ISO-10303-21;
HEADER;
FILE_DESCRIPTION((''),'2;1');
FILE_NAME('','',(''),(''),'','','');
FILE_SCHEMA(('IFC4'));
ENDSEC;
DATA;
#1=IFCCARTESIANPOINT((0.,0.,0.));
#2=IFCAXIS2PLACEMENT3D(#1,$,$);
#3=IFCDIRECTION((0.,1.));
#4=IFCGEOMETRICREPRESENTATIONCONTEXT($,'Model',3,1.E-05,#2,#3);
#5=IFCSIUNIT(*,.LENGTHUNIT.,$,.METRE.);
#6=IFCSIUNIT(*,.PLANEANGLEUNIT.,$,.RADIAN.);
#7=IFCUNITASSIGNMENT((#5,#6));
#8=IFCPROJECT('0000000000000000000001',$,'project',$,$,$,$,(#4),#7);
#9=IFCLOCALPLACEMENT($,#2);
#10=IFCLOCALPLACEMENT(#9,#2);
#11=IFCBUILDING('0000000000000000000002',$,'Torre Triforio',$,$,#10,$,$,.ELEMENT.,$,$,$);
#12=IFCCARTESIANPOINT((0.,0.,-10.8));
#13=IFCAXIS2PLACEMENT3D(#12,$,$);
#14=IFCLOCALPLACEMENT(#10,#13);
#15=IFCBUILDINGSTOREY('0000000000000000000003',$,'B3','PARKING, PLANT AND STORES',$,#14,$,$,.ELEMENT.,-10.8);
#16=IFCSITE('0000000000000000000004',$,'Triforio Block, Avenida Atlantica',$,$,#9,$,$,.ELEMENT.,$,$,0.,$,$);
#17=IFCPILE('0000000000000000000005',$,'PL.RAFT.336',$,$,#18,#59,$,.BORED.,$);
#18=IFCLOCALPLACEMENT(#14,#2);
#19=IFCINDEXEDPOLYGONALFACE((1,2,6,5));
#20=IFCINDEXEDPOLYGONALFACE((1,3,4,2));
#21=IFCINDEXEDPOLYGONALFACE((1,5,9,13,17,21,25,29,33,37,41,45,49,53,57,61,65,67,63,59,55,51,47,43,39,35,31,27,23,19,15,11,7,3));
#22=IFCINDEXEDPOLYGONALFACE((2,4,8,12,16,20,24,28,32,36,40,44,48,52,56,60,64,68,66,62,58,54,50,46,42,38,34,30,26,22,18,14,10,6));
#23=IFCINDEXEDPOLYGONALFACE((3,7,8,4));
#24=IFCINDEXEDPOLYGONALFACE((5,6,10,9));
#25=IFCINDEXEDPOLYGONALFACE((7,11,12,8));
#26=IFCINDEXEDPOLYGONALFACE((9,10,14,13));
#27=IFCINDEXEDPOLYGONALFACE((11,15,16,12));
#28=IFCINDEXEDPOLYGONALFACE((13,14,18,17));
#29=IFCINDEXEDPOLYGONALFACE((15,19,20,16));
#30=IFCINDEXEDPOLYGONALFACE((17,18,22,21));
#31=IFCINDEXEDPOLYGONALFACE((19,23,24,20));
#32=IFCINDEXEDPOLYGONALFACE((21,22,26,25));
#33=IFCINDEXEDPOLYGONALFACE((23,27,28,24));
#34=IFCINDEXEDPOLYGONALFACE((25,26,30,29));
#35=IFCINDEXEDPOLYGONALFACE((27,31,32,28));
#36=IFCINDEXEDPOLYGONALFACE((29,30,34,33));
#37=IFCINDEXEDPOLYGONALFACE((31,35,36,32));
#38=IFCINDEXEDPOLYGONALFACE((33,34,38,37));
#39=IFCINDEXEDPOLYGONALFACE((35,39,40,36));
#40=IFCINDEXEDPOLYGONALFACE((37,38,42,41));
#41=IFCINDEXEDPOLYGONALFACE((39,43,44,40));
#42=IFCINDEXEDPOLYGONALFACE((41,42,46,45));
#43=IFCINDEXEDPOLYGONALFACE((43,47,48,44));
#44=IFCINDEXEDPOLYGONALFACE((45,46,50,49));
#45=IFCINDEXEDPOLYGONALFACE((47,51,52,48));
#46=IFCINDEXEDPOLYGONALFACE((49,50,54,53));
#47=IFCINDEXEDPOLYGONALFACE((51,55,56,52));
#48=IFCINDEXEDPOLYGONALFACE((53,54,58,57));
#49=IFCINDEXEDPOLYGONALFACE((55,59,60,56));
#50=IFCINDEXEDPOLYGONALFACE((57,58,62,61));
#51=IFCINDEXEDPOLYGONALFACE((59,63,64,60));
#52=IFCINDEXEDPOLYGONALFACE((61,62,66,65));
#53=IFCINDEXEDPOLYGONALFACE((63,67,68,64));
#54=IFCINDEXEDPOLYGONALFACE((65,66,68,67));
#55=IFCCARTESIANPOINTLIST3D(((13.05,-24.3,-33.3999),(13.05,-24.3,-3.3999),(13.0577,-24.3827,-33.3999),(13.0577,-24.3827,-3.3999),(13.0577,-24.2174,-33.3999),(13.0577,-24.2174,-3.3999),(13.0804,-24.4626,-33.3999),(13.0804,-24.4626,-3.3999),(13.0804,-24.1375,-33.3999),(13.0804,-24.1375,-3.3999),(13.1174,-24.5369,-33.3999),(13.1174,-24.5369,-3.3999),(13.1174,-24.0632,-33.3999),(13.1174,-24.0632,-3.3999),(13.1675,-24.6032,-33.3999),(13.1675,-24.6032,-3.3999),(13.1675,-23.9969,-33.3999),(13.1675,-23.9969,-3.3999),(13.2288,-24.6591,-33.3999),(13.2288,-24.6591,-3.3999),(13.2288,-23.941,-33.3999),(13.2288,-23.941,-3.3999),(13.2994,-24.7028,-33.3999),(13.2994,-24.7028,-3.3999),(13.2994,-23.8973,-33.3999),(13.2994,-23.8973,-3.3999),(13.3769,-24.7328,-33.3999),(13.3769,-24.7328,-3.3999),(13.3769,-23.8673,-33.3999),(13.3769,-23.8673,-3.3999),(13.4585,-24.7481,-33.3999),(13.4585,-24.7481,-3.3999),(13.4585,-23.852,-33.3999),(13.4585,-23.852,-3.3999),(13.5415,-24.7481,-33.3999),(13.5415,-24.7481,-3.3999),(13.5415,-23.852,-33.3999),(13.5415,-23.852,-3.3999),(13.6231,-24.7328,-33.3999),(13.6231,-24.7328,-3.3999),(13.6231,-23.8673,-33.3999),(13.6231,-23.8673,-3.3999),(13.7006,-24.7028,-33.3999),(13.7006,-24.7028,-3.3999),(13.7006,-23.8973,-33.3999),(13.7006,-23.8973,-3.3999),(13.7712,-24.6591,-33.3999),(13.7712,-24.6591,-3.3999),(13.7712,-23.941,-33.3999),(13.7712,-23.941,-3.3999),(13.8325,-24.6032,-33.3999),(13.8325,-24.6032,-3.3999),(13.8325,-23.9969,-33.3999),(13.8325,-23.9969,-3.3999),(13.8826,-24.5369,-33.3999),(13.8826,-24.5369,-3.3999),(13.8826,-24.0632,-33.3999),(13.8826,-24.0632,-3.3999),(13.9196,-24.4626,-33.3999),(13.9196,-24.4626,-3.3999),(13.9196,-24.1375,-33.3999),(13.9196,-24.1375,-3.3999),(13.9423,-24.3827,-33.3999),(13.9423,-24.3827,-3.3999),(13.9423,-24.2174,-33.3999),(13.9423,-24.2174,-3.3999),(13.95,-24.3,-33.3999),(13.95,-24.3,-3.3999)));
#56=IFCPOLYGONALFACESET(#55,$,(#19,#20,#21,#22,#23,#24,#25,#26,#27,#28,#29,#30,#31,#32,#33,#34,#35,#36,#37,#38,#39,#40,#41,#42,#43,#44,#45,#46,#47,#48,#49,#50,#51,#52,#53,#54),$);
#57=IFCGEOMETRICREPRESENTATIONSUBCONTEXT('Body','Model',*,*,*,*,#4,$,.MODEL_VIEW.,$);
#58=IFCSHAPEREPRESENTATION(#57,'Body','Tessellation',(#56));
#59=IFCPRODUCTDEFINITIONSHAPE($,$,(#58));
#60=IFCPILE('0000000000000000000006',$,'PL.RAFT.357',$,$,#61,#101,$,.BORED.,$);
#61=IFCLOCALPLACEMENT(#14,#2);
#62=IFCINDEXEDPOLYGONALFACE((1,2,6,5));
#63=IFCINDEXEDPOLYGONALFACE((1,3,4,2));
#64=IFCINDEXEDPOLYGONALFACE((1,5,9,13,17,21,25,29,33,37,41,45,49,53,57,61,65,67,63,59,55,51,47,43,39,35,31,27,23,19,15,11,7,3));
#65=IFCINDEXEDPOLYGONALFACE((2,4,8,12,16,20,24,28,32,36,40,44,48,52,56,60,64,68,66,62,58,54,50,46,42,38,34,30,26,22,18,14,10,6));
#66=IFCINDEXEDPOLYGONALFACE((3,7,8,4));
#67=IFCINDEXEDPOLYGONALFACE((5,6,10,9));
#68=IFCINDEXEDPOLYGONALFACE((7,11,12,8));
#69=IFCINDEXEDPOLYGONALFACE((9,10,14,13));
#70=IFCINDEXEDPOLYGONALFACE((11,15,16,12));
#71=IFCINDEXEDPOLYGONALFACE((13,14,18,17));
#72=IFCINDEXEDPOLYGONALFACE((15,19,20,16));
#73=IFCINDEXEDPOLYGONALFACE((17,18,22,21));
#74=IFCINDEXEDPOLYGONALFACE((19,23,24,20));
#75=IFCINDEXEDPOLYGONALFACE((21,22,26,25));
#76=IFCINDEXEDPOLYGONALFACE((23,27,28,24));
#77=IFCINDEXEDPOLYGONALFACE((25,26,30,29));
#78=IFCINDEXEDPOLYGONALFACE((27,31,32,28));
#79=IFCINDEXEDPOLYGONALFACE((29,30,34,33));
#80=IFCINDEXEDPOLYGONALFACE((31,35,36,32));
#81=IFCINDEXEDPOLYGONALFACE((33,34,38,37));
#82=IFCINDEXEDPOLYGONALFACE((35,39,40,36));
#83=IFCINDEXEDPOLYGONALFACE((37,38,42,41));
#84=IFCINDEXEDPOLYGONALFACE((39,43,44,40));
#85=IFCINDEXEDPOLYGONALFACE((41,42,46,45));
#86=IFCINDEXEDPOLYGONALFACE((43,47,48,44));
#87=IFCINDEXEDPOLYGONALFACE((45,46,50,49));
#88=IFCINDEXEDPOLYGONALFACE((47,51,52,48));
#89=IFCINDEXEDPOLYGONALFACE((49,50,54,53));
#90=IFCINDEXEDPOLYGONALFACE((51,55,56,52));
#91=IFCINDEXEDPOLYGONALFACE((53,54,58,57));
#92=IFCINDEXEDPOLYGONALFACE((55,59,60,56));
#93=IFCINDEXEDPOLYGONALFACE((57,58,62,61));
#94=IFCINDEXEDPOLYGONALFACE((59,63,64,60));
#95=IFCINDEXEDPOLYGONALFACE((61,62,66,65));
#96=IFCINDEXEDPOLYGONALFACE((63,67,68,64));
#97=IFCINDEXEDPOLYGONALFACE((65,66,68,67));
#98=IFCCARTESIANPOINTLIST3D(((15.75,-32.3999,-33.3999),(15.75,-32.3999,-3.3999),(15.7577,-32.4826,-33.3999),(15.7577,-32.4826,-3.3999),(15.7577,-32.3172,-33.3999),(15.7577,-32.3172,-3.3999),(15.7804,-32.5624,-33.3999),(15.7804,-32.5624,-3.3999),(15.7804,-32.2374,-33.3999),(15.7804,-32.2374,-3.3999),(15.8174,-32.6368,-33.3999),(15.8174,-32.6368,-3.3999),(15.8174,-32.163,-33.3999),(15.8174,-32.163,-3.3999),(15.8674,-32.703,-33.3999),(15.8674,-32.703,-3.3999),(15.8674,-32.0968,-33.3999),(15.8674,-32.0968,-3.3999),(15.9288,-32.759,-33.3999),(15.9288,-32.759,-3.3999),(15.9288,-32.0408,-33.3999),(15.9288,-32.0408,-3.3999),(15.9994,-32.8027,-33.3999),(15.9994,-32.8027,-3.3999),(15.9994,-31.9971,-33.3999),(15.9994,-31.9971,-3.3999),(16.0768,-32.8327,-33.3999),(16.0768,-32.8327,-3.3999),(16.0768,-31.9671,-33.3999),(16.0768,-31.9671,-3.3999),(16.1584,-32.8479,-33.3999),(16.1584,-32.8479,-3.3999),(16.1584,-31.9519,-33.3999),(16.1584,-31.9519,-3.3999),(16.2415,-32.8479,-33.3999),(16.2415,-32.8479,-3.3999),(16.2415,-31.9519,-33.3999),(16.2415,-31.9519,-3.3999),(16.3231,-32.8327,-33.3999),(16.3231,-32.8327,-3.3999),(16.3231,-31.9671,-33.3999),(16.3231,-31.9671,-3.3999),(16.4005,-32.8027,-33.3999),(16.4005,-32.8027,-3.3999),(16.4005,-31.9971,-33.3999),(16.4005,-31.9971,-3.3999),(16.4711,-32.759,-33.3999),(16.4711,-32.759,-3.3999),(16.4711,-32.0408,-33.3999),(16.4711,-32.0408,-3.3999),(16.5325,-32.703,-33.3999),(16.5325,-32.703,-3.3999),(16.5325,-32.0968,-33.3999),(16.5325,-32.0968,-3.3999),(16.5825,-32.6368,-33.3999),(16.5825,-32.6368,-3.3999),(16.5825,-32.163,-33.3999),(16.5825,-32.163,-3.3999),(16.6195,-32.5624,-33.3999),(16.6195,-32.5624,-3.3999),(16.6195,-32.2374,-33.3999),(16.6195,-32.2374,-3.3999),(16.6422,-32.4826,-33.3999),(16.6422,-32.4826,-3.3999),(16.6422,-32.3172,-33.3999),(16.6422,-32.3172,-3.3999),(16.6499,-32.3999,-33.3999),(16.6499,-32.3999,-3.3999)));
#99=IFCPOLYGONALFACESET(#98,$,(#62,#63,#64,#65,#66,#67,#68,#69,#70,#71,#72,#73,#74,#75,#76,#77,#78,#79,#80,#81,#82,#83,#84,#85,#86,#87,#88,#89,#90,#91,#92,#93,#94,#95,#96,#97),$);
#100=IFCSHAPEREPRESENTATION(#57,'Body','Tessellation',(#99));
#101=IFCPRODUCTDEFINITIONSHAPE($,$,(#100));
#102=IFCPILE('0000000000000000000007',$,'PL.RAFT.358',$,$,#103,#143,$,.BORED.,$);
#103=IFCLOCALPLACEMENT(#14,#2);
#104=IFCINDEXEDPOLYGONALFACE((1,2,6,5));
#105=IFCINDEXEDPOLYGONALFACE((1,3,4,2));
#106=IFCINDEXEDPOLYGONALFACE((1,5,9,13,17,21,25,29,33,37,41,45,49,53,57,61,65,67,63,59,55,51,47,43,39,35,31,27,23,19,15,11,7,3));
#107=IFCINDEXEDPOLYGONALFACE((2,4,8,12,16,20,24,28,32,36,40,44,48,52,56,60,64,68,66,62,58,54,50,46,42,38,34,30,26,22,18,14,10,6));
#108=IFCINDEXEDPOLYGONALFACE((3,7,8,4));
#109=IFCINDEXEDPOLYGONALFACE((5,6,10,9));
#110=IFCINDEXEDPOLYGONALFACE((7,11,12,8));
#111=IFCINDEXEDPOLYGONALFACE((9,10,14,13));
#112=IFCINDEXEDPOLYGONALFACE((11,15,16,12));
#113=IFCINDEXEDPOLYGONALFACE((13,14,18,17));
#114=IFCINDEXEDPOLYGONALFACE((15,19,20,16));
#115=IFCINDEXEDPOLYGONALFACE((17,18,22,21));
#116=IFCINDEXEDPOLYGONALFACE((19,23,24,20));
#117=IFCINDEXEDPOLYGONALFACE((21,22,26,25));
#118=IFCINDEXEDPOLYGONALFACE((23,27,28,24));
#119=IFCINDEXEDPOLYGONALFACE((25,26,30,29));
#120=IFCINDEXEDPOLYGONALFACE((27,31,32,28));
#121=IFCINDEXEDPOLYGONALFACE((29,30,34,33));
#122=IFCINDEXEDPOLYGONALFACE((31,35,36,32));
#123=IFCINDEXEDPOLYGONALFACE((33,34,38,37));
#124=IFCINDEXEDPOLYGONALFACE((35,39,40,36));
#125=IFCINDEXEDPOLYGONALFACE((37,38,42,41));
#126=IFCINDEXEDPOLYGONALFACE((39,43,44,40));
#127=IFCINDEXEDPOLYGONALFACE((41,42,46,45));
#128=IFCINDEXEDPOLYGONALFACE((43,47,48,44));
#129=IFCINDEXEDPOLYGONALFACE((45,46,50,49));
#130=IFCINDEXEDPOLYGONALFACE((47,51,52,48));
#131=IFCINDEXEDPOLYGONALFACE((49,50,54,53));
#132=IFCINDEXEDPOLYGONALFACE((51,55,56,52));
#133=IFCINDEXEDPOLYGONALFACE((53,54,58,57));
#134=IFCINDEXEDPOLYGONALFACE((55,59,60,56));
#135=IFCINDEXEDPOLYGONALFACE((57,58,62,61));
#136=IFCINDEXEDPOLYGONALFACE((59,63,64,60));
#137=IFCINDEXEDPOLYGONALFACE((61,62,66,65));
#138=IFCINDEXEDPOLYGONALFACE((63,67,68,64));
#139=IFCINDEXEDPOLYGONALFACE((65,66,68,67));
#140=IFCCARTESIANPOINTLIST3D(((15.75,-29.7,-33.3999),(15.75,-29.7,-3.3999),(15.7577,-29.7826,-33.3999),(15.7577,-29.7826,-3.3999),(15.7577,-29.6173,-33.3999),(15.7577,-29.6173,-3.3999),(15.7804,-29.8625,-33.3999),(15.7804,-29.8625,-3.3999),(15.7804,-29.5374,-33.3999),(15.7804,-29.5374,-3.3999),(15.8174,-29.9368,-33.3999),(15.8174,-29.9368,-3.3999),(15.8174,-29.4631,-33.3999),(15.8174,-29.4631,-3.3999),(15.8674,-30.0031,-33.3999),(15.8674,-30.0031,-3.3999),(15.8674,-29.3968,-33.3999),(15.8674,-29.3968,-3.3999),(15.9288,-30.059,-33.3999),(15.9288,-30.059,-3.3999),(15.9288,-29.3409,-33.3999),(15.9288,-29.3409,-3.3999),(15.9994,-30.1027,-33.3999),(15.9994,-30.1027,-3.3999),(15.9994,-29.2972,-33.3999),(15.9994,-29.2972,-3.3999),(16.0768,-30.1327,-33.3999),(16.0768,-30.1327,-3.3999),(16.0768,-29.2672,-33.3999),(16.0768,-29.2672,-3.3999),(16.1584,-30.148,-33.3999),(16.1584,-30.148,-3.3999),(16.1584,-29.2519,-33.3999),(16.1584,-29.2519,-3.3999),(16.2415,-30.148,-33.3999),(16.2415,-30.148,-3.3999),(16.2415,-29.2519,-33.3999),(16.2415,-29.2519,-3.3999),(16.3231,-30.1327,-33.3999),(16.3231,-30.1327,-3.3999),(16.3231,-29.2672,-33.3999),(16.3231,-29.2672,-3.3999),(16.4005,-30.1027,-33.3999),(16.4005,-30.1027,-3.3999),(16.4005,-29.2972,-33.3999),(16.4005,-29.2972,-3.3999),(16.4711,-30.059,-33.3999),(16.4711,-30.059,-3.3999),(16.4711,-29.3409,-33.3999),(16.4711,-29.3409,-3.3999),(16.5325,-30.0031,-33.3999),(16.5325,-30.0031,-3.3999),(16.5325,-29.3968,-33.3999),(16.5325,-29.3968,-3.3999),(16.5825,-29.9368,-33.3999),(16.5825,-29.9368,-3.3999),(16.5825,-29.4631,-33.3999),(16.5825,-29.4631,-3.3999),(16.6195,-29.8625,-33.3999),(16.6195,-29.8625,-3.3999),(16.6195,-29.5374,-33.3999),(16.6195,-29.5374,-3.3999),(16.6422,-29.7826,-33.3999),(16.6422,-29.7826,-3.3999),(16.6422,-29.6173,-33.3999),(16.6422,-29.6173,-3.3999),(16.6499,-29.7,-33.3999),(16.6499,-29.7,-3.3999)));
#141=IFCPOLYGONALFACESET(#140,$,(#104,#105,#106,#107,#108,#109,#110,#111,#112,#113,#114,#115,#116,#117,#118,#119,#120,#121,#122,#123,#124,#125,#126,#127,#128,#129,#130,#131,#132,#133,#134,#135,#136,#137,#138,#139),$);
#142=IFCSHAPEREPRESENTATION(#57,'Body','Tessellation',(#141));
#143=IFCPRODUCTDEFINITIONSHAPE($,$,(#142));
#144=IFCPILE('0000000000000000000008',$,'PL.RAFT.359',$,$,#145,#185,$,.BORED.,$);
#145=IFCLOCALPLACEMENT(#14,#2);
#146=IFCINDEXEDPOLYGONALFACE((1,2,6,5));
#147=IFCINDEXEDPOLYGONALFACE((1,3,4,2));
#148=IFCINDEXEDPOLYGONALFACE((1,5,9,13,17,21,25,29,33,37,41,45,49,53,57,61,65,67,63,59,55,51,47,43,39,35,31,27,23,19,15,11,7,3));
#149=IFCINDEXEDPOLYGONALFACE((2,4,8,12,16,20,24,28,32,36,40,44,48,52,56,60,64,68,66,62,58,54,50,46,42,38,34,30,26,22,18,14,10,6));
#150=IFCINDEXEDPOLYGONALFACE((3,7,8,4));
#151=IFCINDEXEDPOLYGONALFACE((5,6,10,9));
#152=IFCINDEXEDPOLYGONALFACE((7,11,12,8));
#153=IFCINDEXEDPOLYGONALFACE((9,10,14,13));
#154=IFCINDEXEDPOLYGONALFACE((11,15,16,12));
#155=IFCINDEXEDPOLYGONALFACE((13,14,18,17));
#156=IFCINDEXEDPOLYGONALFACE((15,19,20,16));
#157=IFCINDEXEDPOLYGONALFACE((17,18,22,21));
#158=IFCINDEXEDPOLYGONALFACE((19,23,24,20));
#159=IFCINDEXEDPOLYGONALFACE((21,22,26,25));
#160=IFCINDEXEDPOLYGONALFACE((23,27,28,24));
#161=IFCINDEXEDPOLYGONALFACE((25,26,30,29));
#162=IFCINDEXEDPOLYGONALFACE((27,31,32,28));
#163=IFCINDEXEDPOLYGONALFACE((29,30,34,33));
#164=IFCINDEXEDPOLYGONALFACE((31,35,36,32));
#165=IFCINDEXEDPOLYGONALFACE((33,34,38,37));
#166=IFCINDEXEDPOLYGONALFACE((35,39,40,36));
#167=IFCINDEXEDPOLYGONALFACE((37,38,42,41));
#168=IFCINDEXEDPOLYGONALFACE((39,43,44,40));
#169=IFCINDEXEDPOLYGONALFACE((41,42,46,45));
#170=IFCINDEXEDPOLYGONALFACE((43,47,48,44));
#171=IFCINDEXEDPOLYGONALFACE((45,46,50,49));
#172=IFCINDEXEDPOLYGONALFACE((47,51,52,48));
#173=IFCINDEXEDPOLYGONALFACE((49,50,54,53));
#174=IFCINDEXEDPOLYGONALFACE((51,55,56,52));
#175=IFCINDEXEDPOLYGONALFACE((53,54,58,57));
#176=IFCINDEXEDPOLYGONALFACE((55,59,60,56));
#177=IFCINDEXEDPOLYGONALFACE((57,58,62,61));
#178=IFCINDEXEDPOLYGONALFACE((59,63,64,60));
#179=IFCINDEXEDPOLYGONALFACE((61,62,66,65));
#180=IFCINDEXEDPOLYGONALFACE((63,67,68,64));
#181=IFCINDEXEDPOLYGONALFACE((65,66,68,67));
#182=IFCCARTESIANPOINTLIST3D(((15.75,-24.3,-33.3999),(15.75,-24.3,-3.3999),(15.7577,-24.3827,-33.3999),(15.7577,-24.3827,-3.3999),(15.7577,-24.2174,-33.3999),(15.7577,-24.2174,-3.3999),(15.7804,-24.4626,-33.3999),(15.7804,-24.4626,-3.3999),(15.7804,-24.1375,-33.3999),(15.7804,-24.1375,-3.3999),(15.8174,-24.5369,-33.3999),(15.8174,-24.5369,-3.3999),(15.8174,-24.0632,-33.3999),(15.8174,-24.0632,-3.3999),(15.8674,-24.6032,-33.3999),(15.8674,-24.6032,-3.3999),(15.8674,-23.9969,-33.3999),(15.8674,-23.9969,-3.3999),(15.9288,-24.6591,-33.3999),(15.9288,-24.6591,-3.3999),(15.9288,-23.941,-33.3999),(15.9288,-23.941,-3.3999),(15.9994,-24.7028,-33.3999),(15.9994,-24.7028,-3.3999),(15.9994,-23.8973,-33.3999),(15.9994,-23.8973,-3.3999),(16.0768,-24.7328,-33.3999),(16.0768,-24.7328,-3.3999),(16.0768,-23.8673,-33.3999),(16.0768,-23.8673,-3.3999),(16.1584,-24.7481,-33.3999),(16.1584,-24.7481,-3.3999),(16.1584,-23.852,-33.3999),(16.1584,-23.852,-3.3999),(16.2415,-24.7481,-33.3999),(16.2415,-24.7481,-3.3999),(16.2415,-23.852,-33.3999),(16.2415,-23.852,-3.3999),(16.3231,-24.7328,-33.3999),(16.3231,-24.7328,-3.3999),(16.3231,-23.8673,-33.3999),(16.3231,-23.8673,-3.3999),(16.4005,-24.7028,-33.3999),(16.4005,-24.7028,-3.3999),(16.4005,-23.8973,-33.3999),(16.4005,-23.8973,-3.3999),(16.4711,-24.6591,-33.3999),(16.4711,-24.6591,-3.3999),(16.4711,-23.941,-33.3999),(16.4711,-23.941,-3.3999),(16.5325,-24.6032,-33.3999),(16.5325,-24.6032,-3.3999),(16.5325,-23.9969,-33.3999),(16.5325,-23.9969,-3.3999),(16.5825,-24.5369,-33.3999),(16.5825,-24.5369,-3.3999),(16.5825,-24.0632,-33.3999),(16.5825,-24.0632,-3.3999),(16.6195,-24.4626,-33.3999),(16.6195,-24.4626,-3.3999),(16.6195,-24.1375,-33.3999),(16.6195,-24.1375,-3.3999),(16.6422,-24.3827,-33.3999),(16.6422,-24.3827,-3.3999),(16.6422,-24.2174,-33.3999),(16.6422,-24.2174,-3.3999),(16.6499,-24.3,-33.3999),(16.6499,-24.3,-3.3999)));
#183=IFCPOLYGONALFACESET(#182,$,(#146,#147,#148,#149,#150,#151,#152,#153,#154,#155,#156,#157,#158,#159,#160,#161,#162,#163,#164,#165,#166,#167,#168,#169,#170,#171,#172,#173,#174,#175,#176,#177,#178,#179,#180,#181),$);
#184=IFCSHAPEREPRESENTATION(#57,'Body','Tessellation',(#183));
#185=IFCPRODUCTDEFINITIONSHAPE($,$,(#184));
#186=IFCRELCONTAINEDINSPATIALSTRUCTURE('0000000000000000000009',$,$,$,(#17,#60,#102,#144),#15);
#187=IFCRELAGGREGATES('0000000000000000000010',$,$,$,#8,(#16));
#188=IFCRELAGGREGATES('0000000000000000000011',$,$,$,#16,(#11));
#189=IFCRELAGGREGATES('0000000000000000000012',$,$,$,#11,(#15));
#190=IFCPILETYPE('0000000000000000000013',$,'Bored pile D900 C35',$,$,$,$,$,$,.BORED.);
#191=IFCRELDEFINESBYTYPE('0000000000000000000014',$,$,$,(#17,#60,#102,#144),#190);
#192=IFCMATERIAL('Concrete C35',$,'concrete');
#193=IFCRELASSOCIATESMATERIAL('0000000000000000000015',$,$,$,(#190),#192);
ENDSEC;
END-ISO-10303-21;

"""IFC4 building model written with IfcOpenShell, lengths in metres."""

from ifc_helpers import new_model, si_unit, direction, frame, origin, origin_2d, place, context, subcontext, project, spatial, circle, extrude, material, material_profile, profile_set, type_object, element, save


model = new_model("IFC4")

# Units and contexts
model_context = context("Model", 3, precision=1e-05, world=origin(), true_north=direction((0.0, 1.0)))
body_context = subcontext(model_context, "Body", "Model", "MODEL_VIEW")
ifc_project = project(units=[si_unit("LENGTHUNIT", "METRE"), si_unit("PLANEANGLEUNIT", "RADIAN")], contexts=[model_context])

# Site, building, storey
site_placement = place(None, origin())
site = spatial("IfcSite", under=ifc_project, at=site_placement, Name="Triforio Block, Avenida Atlantica", CompositionType="ELEMENT", RefElevation=0.0)
building_placement = place(site_placement, origin())
building = spatial("IfcBuilding", under=site, at=building_placement, Name="Torre Triforio", CompositionType="ELEMENT")
storey_placement = place(building_placement, frame((0.0, 0.0, -10.8)))
storey = spatial("IfcBuildingStorey", under=building, at=storey_placement, Name="B3", Description="PARKING, PLANT AND STORES", CompositionType="ELEMENT", Elevation=-10.8)

# Piles
ifc_material_1 = material(Name="Concrete C35", Category="concrete")
ifc_material_profile_1 = material_profile(ifc_material_1, circle(Radius=0.45, at=origin_2d()), Name="RC D900")
ifc_profile_set_1 = profile_set([ifc_material_profile_1], Name="Concrete C35")
pile_type = type_object("IfcPileType", Name="Bored pile D900 C35", PredefinedType="BORED", material=ifc_profile_set_1)
for number, where, z_axis, x_axis, name in (
    (1, (13.5, -24.3, -3.3999), (0.0, 0.0, -1.0), (1.0, 0.0, 0.0), "PL.RAFT.336"),
    (2, (16.2, -32.3999, -3.3999), (0.0, 0.0, -1.0), (1.0, 0.0, 0.0), "PL.RAFT.357"),
    (3, (16.2, -29.7, -3.3999), (0.0, 0.0, -1.0), (1.0, 0.0, 0.0), "PL.RAFT.358"),
    (4, (16.2, -24.3, -3.3999), (0.0, 0.0, -1.0), (1.0, 0.0, 0.0), "PL.RAFT.359"),
):
    element("IfcPile", number, at=place(storey_placement, frame(where, z_axis=z_axis, x_axis=x_axis)), inside=storey, type_object=pile_type, Name=name, PredefinedType="BORED", context=body_context, shape_type="SweptSolid", body=[
        extrude(circle(Radius=0.45, at=origin_2d()), origin(), (0.0, 0.0, 1.0), 30.0),
    ])

save(model, "model.ifc")
